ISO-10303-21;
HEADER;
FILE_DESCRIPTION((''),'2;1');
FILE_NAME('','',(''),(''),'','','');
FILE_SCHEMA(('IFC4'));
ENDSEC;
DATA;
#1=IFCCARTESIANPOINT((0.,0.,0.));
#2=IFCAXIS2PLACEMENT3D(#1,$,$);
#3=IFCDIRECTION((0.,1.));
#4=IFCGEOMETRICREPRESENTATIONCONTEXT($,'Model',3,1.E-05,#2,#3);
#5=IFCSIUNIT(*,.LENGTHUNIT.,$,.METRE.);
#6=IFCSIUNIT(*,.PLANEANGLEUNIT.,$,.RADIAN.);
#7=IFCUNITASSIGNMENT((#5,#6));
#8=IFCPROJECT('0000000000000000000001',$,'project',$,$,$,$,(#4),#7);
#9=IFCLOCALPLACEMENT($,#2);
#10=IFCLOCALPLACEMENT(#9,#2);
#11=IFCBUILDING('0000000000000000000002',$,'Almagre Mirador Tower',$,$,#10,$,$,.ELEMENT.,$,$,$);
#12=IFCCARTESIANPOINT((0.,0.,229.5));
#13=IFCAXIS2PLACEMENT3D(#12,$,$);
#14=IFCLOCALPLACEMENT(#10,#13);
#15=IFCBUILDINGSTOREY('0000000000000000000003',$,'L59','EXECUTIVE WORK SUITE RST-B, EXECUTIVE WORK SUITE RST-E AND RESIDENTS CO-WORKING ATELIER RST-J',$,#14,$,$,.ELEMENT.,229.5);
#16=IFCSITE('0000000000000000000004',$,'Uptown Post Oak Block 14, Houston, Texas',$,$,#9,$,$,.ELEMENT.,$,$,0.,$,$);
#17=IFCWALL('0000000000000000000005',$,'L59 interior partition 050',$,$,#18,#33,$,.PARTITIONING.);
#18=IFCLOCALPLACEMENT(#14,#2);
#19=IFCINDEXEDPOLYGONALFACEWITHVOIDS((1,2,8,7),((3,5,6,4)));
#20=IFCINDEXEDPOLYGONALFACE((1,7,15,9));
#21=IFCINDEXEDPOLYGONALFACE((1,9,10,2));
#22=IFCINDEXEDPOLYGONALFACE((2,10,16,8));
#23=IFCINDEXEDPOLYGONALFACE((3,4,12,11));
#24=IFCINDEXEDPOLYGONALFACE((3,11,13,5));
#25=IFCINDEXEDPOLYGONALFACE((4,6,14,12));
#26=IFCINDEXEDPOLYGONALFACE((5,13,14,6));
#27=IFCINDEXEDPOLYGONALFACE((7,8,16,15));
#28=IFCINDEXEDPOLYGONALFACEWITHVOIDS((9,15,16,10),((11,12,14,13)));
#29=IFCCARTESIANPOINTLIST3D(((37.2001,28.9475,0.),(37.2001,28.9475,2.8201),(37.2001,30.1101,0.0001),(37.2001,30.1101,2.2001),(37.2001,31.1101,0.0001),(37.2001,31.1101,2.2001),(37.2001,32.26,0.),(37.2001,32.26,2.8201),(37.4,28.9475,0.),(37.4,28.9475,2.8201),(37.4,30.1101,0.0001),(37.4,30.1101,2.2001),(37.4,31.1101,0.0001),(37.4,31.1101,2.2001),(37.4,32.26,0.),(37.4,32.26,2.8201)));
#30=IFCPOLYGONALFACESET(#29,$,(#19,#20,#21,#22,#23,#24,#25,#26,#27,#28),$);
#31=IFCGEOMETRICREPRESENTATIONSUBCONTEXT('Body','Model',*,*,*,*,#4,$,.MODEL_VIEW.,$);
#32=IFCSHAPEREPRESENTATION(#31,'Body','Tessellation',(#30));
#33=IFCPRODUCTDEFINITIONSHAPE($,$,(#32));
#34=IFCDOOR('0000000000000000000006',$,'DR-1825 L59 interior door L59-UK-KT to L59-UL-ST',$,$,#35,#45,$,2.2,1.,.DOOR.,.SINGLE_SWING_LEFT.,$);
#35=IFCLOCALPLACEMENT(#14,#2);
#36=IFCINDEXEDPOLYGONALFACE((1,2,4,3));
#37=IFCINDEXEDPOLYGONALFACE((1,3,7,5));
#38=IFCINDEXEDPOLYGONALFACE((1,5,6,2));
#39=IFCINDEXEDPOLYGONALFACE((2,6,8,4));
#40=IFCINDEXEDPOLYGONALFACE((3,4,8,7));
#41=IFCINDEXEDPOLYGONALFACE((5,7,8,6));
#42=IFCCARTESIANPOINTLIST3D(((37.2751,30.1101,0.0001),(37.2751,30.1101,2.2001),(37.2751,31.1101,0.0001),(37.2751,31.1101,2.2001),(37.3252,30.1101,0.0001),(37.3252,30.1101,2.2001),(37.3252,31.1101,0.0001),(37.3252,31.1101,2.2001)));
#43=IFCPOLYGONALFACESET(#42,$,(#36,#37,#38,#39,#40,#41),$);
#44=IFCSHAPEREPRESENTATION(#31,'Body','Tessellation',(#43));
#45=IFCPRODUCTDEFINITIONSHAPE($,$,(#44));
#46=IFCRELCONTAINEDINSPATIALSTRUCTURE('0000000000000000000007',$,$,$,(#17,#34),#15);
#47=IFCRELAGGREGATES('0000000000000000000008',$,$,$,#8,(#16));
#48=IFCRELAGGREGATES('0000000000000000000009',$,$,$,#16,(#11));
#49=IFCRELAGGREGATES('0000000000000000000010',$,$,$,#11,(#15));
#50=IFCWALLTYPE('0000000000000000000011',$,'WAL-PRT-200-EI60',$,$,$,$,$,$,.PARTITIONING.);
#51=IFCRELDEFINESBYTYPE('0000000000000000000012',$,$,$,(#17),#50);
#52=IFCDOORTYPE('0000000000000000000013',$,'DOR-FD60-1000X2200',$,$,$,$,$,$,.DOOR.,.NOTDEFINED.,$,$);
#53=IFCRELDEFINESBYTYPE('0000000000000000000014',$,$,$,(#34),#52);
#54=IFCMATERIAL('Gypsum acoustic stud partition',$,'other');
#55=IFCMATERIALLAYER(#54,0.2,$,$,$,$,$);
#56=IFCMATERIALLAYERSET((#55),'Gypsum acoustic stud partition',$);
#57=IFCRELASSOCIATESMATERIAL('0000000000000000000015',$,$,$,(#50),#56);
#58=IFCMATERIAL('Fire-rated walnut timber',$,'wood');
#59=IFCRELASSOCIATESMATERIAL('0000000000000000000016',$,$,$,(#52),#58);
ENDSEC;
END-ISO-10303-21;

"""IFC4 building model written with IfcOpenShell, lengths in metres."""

from ifc_helpers import new_model, si_unit, direction, frame, frame_2d, origin, place, context, subcontext, project, spatial, rectangle, extrude, material, layer, layer_set, type_object, element, fill, save


model = new_model("IFC4")

# Units and contexts
model_context = context("Model", 3, precision=1e-05, world=origin(), true_north=direction((0.0, 1.0)))
body_context = subcontext(model_context, "Body", "Model", "MODEL_VIEW")
ifc_project = project(units=[si_unit("LENGTHUNIT", "METRE"), si_unit("PLANEANGLEUNIT", "RADIAN")], contexts=[model_context])

# Site, building, storey
site_placement = place(None, origin())
site = spatial("IfcSite", under=ifc_project, at=site_placement, Name="Uptown Post Oak Block 14, Houston, Texas", CompositionType="ELEMENT", RefElevation=0.0)
building_placement = place(site_placement, origin())
building = spatial("IfcBuilding", under=site, at=building_placement, Name="Almagre Mirador Tower", CompositionType="ELEMENT")
storey_placement = place(building_placement, frame((0.0, 0.0, 229.5)))
storey = spatial("IfcBuildingStorey", under=building, at=storey_placement, Name="L59", Description="EXECUTIVE WORK SUITE RST-B, EXECUTIVE WORK SUITE RST-E AND RESIDENTS CO-WORKING ATELIER RST-J", CompositionType="ELEMENT", Elevation=229.5)

# Shared definitions
ifc_material_1 = material(Name="Gypsum acoustic stud partition", Category="other")
ifc_layer_1 = layer(ifc_material_1, 0.2)
ifc_layer_set_1 = layer_set([ifc_layer_1], Name="Gypsum acoustic stud partition")
wall_type_1 = type_object("IfcWallType", Name="WAL-PRT-200-EI60", PredefinedType="PARTITIONING", material=ifc_layer_set_1)

# Wall, opening, door
wall_1_placement = place(storey_placement, frame((37.3, 28.9475, 0.0), z_axis=(0.0, 0.0, 1.0), x_axis=(0.0, 1.0, 0.0)))
wall_1 = element("IfcWall", 1, at=wall_1_placement, inside=storey, type_object=wall_type_1, Name="L59 interior partition 050", PredefinedType="PARTITIONING", context=body_context, shape_type="SweptSolid", body=[
    extrude(rectangle(XDim=3.3125, YDim=0.2, at=frame_2d((1.6562, 0.0))), origin(), (0.0, 0.0, 1.0), 2.8201),
])
opening_1_placement = place(wall_1_placement, frame((1.1626, 0.0, 0.0)))
opening_1 = element("IfcOpeningElement", 2, at=opening_1_placement, cuts=wall_1, PredefinedType="OPENING", context=body_context, shape_type="SweptSolid", body=[
    extrude(rectangle(XDim=1.0, YDim=2.2, at=frame_2d((0.5, 1.1001))), frame((0.0, 0.1101, 0.0), z_axis=(0.0, -1.0, 0.0), x_axis=(1.0, 0.0, 0.0)), (0.0, 0.0, 1.0), 0.22),
])
ifc_material_2 = material(Name="Fire-rated walnut timber", Category="wood")
door_type_1 = type_object("IfcDoorType", Name="DOR-FD60-1000X2200", OperationType="NOTDEFINED", PredefinedType="DOOR", material=ifc_material_2)
door_1_placement = place(opening_1_placement, origin())
door_1 = element("IfcDoor", 3, at=door_1_placement, inside=storey, type_object=door_type_1, Name="DR-1825 L59 interior door L59-UK-KT to L59-UL-ST", OperationType="SINGLE_SWING_LEFT", OverallHeight=2.2, OverallWidth=1.0, PredefinedType="DOOR", context=body_context, shape_type="SweptSolid", body=[
    extrude(rectangle(XDim=1.0, YDim=2.2, at=frame_2d((0.5, 1.1001))), frame((0.0, 0.0249, 0.0), z_axis=(0.0, -1.0, 0.0), x_axis=(1.0, 0.0, 0.0)), (0.0, 0.0, 1.0), 0.05),
])
fill(opening_1, door_1)

save(model, "model.ifc")
